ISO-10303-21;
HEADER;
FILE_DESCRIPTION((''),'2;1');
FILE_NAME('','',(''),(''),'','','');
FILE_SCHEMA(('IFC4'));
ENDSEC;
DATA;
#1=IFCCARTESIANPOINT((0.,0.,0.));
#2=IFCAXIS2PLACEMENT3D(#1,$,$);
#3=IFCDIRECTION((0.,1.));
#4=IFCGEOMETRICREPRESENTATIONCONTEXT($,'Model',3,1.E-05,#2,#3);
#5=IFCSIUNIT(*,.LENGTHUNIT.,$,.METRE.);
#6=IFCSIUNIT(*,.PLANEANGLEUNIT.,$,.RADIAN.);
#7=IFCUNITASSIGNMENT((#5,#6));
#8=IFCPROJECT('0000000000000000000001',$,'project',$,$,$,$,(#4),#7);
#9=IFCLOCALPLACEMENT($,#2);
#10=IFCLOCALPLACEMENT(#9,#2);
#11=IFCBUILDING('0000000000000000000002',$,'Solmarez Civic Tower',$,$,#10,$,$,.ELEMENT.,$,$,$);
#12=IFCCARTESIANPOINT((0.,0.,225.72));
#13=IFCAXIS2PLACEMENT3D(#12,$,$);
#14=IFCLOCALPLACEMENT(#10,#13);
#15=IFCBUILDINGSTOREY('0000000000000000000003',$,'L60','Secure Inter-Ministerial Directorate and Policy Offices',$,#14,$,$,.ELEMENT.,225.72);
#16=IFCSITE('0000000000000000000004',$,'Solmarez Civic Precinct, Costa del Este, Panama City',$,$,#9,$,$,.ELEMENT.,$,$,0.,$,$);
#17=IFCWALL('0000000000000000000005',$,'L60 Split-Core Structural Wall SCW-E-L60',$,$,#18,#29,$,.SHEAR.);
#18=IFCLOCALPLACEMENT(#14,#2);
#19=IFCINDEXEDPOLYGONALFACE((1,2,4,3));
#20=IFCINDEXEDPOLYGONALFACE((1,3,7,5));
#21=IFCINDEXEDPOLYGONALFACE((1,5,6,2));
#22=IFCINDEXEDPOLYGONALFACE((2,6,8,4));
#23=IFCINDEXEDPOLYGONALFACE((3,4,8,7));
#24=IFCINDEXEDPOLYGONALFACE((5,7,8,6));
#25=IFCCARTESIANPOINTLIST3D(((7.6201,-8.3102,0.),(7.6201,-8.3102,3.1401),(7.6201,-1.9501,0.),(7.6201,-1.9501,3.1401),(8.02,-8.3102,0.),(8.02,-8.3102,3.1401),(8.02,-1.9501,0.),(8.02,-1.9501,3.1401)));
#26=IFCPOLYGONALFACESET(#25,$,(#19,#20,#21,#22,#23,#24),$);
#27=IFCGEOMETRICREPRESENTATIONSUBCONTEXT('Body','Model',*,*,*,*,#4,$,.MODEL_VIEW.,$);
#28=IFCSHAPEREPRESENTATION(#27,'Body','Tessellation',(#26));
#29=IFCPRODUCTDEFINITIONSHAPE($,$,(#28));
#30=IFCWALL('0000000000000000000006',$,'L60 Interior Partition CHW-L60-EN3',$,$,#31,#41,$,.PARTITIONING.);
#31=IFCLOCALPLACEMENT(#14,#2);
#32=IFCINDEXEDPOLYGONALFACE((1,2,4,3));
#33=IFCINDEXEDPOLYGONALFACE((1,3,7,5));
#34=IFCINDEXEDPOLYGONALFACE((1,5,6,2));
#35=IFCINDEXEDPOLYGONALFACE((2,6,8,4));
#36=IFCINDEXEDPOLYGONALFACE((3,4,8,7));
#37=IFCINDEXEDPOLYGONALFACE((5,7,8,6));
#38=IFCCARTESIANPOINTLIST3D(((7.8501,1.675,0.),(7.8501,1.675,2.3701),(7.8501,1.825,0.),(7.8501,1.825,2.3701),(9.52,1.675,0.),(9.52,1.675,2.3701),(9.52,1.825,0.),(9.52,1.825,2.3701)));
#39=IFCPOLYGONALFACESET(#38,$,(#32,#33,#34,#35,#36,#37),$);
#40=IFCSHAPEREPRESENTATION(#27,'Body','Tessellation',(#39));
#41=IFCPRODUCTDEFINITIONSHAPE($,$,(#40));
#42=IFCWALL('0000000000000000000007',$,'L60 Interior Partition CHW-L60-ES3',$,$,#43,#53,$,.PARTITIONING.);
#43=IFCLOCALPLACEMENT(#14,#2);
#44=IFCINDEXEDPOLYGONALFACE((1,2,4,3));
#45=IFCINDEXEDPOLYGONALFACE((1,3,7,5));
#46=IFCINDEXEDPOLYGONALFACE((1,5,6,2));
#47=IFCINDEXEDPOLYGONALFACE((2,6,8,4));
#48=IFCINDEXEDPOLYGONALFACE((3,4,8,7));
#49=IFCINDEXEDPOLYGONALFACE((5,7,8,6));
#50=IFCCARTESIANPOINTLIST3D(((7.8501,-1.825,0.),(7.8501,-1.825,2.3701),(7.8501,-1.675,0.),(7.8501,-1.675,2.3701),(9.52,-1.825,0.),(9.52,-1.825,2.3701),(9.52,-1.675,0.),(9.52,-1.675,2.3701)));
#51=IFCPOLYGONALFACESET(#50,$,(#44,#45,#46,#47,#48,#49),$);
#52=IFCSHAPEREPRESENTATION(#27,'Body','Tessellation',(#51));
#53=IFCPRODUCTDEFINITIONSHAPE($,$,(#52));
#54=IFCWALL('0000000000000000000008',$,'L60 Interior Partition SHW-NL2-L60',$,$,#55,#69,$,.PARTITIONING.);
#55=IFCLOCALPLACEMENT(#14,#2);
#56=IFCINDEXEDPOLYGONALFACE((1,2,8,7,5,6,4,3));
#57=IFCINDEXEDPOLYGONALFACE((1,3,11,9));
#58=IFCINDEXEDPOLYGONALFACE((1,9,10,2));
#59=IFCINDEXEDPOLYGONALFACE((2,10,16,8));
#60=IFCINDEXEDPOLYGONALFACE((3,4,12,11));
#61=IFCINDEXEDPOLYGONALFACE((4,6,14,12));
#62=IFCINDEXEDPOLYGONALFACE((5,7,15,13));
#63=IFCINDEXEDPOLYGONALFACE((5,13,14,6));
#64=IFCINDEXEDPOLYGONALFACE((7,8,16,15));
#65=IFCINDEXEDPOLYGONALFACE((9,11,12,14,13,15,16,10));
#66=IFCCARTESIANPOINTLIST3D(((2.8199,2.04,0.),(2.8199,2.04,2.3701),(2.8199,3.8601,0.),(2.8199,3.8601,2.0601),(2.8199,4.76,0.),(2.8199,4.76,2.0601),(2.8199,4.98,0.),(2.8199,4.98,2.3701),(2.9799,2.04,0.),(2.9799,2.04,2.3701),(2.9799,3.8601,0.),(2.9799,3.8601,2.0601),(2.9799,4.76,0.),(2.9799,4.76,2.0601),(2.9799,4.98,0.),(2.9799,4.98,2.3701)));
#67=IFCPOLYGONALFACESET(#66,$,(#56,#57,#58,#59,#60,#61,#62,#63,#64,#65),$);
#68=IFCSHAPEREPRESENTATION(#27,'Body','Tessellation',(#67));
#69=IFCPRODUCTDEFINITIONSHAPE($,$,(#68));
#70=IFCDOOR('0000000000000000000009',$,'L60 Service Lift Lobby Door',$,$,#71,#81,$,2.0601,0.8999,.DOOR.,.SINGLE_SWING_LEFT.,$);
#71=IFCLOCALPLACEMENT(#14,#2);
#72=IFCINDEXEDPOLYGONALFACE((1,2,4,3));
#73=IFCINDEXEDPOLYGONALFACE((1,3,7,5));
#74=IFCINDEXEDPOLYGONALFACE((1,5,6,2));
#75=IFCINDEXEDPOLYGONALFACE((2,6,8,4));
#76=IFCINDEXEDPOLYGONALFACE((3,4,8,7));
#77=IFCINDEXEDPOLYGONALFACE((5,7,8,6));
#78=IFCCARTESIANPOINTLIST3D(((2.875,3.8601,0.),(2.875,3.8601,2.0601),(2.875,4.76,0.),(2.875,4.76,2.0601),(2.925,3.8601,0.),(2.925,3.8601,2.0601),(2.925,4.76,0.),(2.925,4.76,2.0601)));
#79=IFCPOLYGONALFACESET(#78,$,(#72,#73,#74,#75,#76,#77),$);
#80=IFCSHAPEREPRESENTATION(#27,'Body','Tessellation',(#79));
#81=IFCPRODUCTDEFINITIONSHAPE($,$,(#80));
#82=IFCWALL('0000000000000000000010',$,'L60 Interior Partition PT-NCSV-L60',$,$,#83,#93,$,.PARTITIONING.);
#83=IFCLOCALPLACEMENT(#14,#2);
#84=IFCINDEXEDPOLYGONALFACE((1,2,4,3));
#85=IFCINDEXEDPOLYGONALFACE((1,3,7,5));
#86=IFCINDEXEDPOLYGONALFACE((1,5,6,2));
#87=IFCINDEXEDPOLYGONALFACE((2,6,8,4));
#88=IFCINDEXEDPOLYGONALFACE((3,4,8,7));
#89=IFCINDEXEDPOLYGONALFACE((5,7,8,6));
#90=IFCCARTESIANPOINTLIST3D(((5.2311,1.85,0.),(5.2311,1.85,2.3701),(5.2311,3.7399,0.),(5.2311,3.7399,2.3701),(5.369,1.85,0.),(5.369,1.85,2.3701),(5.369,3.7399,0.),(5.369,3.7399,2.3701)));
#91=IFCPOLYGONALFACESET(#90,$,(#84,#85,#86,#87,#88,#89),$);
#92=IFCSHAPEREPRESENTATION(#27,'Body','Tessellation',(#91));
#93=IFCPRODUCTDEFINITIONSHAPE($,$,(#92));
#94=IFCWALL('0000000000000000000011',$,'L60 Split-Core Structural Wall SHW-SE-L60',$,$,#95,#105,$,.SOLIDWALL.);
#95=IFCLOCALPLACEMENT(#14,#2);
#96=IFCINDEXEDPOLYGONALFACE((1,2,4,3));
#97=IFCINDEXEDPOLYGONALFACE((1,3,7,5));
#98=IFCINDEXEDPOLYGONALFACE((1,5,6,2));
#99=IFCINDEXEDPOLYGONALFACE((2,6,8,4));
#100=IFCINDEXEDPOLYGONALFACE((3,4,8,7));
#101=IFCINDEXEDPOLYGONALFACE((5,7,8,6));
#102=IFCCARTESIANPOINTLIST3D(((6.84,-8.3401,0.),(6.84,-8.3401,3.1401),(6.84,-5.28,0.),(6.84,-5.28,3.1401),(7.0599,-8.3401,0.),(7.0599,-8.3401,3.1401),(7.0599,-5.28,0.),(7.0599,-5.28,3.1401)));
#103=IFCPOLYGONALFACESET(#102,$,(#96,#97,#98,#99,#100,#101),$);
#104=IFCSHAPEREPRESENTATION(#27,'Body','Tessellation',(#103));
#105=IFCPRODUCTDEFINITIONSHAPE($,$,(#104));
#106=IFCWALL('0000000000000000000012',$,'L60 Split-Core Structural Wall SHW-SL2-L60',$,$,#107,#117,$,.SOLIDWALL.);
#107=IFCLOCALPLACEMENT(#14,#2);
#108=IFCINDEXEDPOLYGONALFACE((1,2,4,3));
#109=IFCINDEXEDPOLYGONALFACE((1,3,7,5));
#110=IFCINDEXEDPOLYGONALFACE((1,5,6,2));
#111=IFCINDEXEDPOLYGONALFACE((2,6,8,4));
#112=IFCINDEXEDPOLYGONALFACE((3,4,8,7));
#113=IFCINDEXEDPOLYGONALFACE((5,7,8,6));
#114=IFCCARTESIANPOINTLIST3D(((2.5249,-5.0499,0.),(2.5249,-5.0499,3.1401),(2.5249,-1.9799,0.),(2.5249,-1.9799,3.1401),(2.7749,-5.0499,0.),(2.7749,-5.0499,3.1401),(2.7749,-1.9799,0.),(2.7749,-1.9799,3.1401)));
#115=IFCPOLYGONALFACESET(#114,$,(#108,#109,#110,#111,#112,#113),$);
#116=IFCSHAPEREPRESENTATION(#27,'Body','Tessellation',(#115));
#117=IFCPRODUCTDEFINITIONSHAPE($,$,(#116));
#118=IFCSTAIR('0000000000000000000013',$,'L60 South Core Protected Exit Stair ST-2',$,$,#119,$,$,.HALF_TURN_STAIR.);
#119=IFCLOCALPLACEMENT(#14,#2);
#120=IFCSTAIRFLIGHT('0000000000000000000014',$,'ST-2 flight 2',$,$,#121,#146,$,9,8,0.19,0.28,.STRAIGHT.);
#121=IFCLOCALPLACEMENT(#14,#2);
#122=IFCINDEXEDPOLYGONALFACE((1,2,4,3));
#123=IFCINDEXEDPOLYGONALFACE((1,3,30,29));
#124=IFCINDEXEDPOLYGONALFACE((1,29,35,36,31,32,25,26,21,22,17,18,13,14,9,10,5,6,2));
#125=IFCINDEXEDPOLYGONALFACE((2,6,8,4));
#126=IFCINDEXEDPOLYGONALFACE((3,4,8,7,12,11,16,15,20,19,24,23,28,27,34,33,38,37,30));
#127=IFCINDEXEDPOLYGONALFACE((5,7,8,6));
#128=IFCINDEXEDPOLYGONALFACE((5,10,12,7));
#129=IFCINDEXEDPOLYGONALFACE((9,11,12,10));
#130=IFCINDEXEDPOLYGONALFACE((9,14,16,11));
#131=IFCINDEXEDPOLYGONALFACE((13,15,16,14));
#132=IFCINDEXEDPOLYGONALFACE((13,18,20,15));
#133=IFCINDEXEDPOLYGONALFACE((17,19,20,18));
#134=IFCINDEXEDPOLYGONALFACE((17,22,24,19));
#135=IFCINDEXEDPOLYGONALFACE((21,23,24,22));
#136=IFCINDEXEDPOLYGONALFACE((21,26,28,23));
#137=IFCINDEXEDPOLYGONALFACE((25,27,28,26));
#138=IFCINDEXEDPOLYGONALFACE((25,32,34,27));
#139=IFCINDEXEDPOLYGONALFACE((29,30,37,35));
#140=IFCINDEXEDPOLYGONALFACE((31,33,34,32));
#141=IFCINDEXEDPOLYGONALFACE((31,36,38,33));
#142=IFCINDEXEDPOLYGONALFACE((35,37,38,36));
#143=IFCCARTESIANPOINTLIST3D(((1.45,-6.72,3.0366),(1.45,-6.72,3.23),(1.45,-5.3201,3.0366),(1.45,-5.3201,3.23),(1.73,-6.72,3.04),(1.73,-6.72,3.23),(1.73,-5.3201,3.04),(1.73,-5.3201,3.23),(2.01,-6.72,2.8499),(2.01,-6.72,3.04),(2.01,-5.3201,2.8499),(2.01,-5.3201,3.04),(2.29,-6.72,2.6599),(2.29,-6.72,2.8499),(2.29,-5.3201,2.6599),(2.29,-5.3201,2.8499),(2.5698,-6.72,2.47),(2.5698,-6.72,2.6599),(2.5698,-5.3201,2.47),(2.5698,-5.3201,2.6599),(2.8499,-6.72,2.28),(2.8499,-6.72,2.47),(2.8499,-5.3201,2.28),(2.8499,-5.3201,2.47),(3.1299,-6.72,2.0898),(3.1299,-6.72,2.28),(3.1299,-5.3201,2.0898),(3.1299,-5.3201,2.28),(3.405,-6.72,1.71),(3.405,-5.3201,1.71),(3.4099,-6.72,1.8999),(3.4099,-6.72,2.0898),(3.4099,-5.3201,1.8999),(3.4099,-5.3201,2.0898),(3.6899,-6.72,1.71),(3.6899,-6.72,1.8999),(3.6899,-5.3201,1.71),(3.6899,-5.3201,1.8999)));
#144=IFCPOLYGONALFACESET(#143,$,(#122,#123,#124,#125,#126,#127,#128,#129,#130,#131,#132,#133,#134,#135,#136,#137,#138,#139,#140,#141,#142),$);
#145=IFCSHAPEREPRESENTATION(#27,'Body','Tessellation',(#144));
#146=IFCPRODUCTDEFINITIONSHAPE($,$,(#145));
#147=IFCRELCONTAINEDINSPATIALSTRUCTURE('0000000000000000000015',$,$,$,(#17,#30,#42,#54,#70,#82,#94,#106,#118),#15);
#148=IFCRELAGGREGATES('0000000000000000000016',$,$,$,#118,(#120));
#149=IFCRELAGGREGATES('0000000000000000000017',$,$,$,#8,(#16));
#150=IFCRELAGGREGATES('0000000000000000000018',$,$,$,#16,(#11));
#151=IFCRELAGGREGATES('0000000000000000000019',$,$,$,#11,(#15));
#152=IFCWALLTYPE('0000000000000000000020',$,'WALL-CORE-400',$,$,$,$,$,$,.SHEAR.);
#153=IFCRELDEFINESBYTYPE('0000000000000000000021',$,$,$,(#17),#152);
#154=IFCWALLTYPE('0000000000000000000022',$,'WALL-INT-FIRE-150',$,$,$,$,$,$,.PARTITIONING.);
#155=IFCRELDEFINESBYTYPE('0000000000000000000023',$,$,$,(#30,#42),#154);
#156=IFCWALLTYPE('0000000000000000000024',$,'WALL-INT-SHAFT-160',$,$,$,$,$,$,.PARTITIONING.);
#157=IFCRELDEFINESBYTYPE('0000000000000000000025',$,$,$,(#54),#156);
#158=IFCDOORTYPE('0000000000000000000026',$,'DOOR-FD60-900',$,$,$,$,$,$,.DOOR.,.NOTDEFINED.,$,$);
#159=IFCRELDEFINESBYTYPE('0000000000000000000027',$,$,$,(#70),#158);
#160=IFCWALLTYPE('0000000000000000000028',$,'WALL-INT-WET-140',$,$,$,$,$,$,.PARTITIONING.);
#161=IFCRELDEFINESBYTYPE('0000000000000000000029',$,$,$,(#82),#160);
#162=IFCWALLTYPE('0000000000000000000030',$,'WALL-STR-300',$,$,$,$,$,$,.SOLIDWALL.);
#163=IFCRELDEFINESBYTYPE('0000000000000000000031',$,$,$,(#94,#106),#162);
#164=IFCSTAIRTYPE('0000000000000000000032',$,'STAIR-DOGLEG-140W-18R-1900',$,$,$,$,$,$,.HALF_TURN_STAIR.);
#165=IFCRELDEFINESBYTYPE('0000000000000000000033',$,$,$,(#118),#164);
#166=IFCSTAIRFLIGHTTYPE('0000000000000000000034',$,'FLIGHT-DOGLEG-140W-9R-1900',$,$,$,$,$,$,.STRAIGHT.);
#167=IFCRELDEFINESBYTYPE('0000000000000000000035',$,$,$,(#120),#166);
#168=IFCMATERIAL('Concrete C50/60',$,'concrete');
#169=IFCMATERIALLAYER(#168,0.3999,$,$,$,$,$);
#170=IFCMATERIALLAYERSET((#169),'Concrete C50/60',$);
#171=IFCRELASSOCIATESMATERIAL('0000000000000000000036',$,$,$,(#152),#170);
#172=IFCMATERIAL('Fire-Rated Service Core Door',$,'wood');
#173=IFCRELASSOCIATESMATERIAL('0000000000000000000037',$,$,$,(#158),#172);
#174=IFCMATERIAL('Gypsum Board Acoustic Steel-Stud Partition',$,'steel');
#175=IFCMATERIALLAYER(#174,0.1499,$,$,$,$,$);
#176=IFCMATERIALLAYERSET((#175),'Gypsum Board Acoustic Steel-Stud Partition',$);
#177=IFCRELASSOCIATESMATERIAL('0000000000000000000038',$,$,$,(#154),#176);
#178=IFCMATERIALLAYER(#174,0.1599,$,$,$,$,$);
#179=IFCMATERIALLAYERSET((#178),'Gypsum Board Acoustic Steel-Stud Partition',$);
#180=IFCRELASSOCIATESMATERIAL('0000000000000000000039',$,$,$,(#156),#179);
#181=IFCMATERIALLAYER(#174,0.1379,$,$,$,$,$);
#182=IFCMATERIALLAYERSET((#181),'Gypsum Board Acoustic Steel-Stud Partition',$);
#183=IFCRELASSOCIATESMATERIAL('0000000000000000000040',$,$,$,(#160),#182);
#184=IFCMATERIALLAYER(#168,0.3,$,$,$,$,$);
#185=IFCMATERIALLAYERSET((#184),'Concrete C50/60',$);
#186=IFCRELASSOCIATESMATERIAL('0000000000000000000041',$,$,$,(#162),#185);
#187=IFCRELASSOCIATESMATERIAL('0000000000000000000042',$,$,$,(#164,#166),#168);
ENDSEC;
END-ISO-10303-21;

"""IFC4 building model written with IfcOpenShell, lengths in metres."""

from ifc_helpers import new_model, si_unit, direction, frame, frame_2d, origin, place, context, subcontext, project, spatial, polyline, rectangle, outline, extrude, material, layer, layer_set, type_object, element, fill, aggregate, save


model = new_model("IFC4")

# Units and contexts
model_context = context("Model", 3, precision=1e-05, world=origin(), true_north=direction((0.0, 1.0)))
body_context = subcontext(model_context, "Body", "Model", "MODEL_VIEW")
ifc_project = project(units=[si_unit("LENGTHUNIT", "METRE"), si_unit("PLANEANGLEUNIT", "RADIAN")], contexts=[model_context])

# Site, building, storey
site_placement = place(None, origin())
site = spatial("IfcSite", under=ifc_project, at=site_placement, Name="Solmarez Civic Precinct, Costa del Este, Panama City", CompositionType="ELEMENT", RefElevation=0.0)
building_placement = place(site_placement, origin())
building = spatial("IfcBuilding", under=site, at=building_placement, Name="Solmarez Civic Tower", CompositionType="ELEMENT")
storey_placement = place(building_placement, frame((0.0, 0.0, 225.72)))
storey = spatial("IfcBuildingStorey", under=building, at=storey_placement, Name="L60", Description="Secure Inter-Ministerial Directorate and Policy Offices", CompositionType="ELEMENT", Elevation=225.72)

# Shared definitions
ifc_material_1 = material(Name="Concrete C50/60", Category="concrete")
ifc_layer_1 = layer(ifc_material_1, 0.3999)
ifc_layer_set_1 = layer_set([ifc_layer_1], Name="Concrete C50/60")
wall_type_1 = type_object("IfcWallType", Name="WALL-CORE-400", PredefinedType="SHEAR", material=ifc_layer_set_1)
ifc_material_2 = material(Name="Fire-Rated Service Core Door", Category="wood")
door_type_1 = type_object("IfcDoorType", Name="DOOR-FD60-900", OperationType="NOTDEFINED", PredefinedType="DOOR", material=ifc_material_2)

# Walls
wall_1_placement = place(storey_placement, frame((7.8201, -1.95, 0.0), z_axis=(0.0, 0.0, 1.0), x_axis=(0.0, -1.0, 0.0)))
element("IfcWall", 1, at=wall_1_placement, inside=storey, type_object=wall_type_1, Name="L60 Split-Core Structural Wall SCW-E-L60", PredefinedType="SHEAR", context=body_context, shape_type="SweptSolid", body=[
    extrude(rectangle(XDim=6.3601, YDim=0.3999, at=frame_2d((3.1802, 0.0))), origin(), (0.0, 0.0, 1.0), 3.1401),
])
ifc_material_3 = material(Name="Gypsum Board Acoustic Steel-Stud Partition", Category="steel")
ifc_layer_2 = layer(ifc_material_3, 0.1499)
ifc_layer_set_2 = layer_set([ifc_layer_2], Name="Gypsum Board Acoustic Steel-Stud Partition")
wall_type_2 = type_object("IfcWallType", Name="WALL-INT-FIRE-150", PredefinedType="PARTITIONING", material=ifc_layer_set_2)
for number, where, z_axis, x_axis, name in (
    (2, (7.8501, 1.75, 0.0), (0.0, 0.0, 1.0), (1.0, 0.0, 0.0), "L60 Interior Partition CHW-L60-EN3"),
    (3, (7.8501, -1.75, 0.0), (0.0, 0.0, 1.0), (1.0, 0.0, 0.0), "L60 Interior Partition CHW-L60-ES3"),
):
    element("IfcWall", number, at=place(storey_placement, frame(where, z_axis=z_axis, x_axis=x_axis)), inside=storey, type_object=wall_type_2, Name=name, PredefinedType="PARTITIONING", context=body_context, shape_type="SweptSolid", body=[
        extrude(rectangle(XDim=1.6699, YDim=0.1499, at=frame_2d((0.835, 0.0))), origin(), (0.0, 0.0, 1.0), 2.3701),
    ])

# Wall, opening, door
ifc_layer_3 = layer(ifc_material_3, 0.1599)
ifc_layer_set_3 = layer_set([ifc_layer_3], Name="Gypsum Board Acoustic Steel-Stud Partition")
wall_type_3 = type_object("IfcWallType", Name="WALL-INT-SHAFT-160", PredefinedType="PARTITIONING", material=ifc_layer_set_3)
wall_2_placement = place(storey_placement, frame((2.8999, 2.04, 0.0), z_axis=(0.0, 0.0, 1.0), x_axis=(0.0, 1.0, 0.0)))
wall_2 = element("IfcWall", 4, at=wall_2_placement, inside=storey, type_object=wall_type_3, Name="L60 Interior Partition SHW-NL2-L60", PredefinedType="PARTITIONING", context=body_context, shape_type="SweptSolid", body=[
    extrude(rectangle(XDim=2.9399, YDim=0.1599, at=frame_2d((1.47, 0.0))), origin(), (0.0, 0.0, 1.0), 2.3701),
])
opening_1_placement = place(wall_2_placement, frame((1.8201, 0.0, 0.0)))
opening_1 = element("IfcOpeningElement", 5, at=opening_1_placement, cuts=wall_2, PredefinedType="OPENING", context=body_context, shape_type="SweptSolid", body=[
    extrude(rectangle(XDim=0.8999, YDim=2.0601, at=frame_2d((0.45, 1.03))), frame((0.0, 0.0898, 0.0), z_axis=(0.0, -1.0, 0.0), x_axis=(1.0, 0.0, 0.0)), (0.0, 0.0, 1.0), 0.1799),
])
door_1_placement = place(opening_1_placement, origin())
door_1 = element("IfcDoor", 6, at=door_1_placement, inside=storey, type_object=door_type_1, Name="L60 Service Lift Lobby Door", OperationType="SINGLE_SWING_LEFT", OverallHeight=2.0601, OverallWidth=0.8999, PredefinedType="DOOR", context=body_context, shape_type="SweptSolid", body=[
    extrude(rectangle(XDim=0.8999, YDim=2.0601, at=frame_2d((0.45, 1.03))), frame((0.0, 0.0249, 0.0), z_axis=(0.0, -1.0, 0.0), x_axis=(1.0, 0.0, 0.0)), (0.0, 0.0, 1.0), 0.05),
])
fill(opening_1, door_1)

# Walls
ifc_layer_4 = layer(ifc_material_3, 0.1379)
ifc_layer_set_4 = layer_set([ifc_layer_4], Name="Gypsum Board Acoustic Steel-Stud Partition")
wall_type_4 = type_object("IfcWallType", Name="WALL-INT-WET-140", PredefinedType="PARTITIONING", material=ifc_layer_set_4)
wall_3_placement = place(storey_placement, frame((5.3, 1.8501, 0.0), z_axis=(0.0, 0.0, 1.0), x_axis=(0.0, 1.0, 0.0)))
element("IfcWall", 7, at=wall_3_placement, inside=storey, type_object=wall_type_4, Name="L60 Interior Partition PT-NCSV-L60", PredefinedType="PARTITIONING", context=body_context, shape_type="SweptSolid", body=[
    extrude(rectangle(XDim=1.8899, YDim=0.1379, at=frame_2d((0.9448, 0.0))), origin(), (0.0, 0.0, 1.0), 2.3701),
])
ifc_layer_5 = layer(ifc_material_1, 0.3)
ifc_layer_set_5 = layer_set([ifc_layer_5], Name="Concrete C50/60")
wall_type_5 = type_object("IfcWallType", Name="WALL-STR-300", PredefinedType="SOLIDWALL", material=ifc_layer_set_5)
wall_4_placement = place(storey_placement, frame((6.95, -8.3401, 0.0), z_axis=(0.0, 0.0, 1.0), x_axis=(0.0, 1.0, 0.0)))
element("IfcWall", 8, at=wall_4_placement, inside=storey, type_object=wall_type_5, Name="L60 Split-Core Structural Wall SHW-SE-L60", PredefinedType="SOLIDWALL", context=body_context, shape_type="SweptSolid", body=[
    extrude(rectangle(XDim=3.0601, YDim=0.22, at=frame_2d((1.53, 0.0))), origin(), (0.0, 0.0, 1.0), 3.1401),
])
wall_5_placement = place(storey_placement, frame((2.6499, -5.05, 0.0), z_axis=(0.0, 0.0, 1.0), x_axis=(0.0, 1.0, 0.0)))
element("IfcWall", 9, at=wall_5_placement, inside=storey, type_object=wall_type_5, Name="L60 Split-Core Structural Wall SHW-SL2-L60", PredefinedType="SOLIDWALL", context=body_context, shape_type="SweptSolid", body=[
    extrude(rectangle(XDim=3.0701, YDim=0.25, at=frame_2d((1.5352, 0.0))), origin(), (0.0, 0.0, 1.0), 3.1401),
])

# Stair, stair flight
stair_type = type_object("IfcStairType", Name="STAIR-DOGLEG-140W-18R-1900", PredefinedType="HALF_TURN_STAIR", material=ifc_material_1)
stair_placement = place(storey_placement, origin())
stair = element("IfcStair", 10, at=stair_placement, inside=storey, type_object=stair_type, Name="L60 South Core Protected Exit Stair ST-2", PredefinedType="HALF_TURN_STAIR")
stair_flight_type = type_object("IfcStairFlightType", Name="FLIGHT-DOGLEG-140W-9R-1900", PredefinedType="STRAIGHT", material=ifc_material_1)
stair_flight_placement = place(storey_placement, frame((3.6899, -6.02, 1.71), z_axis=(0.0, 0.0, 1.0), x_axis=(-1.0, 0.0, 0.0)))
stair_flight = element("IfcStairFlight", 11, at=stair_flight_placement, type_object=stair_flight_type, Name="ST-2 flight 2", NumberOfRisers=9, NumberOfTreads=8, PredefinedType="STRAIGHT", RiserHeight=0.19, TreadLength=0.28, context=body_context, shape_type="SweptSolid", body=[
    extrude(outline(polyline([(0.0, 0.0), (0.0, 0.1899), (0.28, 0.1899), (0.28, 0.3799), (0.5601, 0.3799), (0.5601, 0.5701), (0.8401, 0.5701), (0.8401, 0.76), (1.1201, 0.76), (1.1201, 0.95), (1.3999, 0.95), (1.3999, 1.1399), (1.6799, 1.1399), (1.6799, 1.3301), (1.96, 1.3301), (1.96, 1.52), (2.24, 1.52), (2.24, 1.71), (2.24, 1.3267), (0.2849, 0.0), (0.0, 0.0)])), frame((0.0, 0.7, 0.0), z_axis=(0.0, -1.0, 0.0), x_axis=(1.0, 0.0, 0.0)), (0.0, 0.0, 1.0), 1.3999),
])
aggregate(stair, [stair_flight])

save(model, "model.ifc")
